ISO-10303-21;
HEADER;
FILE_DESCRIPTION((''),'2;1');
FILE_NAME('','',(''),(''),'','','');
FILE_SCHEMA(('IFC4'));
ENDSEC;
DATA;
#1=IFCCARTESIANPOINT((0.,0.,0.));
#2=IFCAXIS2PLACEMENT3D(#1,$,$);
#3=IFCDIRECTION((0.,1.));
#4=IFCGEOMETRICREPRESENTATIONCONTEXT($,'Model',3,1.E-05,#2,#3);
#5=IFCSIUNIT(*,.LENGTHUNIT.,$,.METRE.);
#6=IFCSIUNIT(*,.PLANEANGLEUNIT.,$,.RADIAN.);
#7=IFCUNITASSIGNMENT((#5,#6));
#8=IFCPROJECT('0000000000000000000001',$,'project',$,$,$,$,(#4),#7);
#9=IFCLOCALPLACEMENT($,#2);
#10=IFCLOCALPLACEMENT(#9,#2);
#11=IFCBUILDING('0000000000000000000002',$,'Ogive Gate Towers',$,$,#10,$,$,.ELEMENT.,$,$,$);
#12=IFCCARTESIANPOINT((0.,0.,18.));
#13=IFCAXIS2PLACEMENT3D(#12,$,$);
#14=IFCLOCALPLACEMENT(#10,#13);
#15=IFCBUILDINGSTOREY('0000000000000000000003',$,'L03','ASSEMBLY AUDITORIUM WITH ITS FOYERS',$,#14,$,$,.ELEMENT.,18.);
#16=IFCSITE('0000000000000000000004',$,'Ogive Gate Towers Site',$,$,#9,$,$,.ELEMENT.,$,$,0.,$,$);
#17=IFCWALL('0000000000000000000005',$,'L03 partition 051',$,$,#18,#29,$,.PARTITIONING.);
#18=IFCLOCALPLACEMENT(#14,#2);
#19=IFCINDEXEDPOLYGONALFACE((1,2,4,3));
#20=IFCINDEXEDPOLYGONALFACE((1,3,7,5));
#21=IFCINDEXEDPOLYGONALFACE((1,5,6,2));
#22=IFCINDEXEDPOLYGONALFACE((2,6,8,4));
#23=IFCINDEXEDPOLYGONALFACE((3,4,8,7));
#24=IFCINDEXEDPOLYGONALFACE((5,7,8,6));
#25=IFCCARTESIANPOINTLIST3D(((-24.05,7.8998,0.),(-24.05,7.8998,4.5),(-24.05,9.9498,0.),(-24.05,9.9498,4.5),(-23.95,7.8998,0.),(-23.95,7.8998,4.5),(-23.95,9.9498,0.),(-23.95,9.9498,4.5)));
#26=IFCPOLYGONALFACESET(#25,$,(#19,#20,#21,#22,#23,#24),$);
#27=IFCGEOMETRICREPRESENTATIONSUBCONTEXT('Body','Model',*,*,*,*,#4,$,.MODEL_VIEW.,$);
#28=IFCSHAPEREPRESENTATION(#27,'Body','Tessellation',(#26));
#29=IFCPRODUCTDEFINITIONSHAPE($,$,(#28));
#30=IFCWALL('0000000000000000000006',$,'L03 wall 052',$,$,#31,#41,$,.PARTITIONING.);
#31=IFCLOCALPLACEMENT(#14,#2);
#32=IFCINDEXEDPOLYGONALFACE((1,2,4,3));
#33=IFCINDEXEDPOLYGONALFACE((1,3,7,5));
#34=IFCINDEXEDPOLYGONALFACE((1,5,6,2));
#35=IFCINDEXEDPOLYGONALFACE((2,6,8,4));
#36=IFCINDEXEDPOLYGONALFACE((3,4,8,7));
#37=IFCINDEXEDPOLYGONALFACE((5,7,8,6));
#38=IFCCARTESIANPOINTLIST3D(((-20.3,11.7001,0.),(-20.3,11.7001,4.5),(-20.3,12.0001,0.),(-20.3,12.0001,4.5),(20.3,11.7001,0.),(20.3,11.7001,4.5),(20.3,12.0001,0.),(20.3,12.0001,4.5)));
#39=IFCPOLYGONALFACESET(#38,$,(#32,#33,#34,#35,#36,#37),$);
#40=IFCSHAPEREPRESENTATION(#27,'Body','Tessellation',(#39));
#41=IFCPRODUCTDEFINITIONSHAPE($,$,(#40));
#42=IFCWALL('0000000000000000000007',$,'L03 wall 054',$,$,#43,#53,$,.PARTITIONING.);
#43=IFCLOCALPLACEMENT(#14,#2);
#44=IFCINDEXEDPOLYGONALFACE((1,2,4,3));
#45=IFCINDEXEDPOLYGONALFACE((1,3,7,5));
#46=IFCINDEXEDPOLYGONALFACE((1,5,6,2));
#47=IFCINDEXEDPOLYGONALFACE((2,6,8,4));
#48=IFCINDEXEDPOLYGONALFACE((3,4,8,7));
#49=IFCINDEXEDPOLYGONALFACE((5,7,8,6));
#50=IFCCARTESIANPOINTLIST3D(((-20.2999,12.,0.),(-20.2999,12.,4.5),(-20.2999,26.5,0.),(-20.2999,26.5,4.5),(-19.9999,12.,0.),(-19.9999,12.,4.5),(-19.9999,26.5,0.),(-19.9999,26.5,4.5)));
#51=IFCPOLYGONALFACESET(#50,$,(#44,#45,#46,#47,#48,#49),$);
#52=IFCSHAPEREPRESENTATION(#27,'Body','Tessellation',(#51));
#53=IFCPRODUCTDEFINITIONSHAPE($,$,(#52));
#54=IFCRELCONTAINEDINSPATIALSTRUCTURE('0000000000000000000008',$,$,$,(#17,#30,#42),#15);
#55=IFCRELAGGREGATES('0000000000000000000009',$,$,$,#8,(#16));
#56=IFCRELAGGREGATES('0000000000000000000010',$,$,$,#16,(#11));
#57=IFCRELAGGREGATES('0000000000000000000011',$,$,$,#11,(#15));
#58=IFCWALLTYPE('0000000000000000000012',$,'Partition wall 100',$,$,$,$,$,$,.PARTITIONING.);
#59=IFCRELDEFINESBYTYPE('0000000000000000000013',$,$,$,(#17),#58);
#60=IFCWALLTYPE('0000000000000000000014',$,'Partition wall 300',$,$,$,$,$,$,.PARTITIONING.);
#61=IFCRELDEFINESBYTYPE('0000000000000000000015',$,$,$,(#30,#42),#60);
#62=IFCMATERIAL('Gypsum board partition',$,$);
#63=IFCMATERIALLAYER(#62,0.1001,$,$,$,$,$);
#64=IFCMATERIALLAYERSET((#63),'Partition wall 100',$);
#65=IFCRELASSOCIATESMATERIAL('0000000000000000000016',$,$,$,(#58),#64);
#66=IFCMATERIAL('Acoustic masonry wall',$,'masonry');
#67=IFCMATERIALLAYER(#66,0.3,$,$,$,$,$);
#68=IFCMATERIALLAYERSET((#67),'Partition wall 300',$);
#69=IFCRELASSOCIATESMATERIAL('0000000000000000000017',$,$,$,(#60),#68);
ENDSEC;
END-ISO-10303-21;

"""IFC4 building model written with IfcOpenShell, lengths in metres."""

from ifc_helpers import new_model, si_unit, direction, frame, frame_2d, origin, place, context, subcontext, project, spatial, rectangle, extrude, material, layer, layer_set, type_object, element, save


model = new_model("IFC4")

# Units and contexts
model_context = context("Model", 3, precision=1e-05, world=origin(), true_north=direction((0.0, 1.0)))
body_context = subcontext(model_context, "Body", "Model", "MODEL_VIEW")
ifc_project = project(units=[si_unit("LENGTHUNIT", "METRE"), si_unit("PLANEANGLEUNIT", "RADIAN")], contexts=[model_context])

# Site, building, storey
site_placement = place(None, origin())
site = spatial("IfcSite", under=ifc_project, at=site_placement, Name="Ogive Gate Towers Site", CompositionType="ELEMENT", RefElevation=0.0)
building_placement = place(site_placement, origin())
building = spatial("IfcBuilding", under=site, at=building_placement, Name="Ogive Gate Towers", CompositionType="ELEMENT")
storey_placement = place(building_placement, frame((0.0, 0.0, 18.0)))
storey = spatial("IfcBuildingStorey", under=building, at=storey_placement, Name="L03", Description="ASSEMBLY AUDITORIUM WITH ITS FOYERS", CompositionType="ELEMENT", Elevation=18.0)

# Shared definitions
ifc_material_1 = material(Name="Gypsum board partition")
ifc_layer_1 = layer(ifc_material_1, 0.1001)
ifc_layer_set_1 = layer_set([ifc_layer_1], Name="Partition wall 100")
wall_type_1 = type_object("IfcWallType", Name="Partition wall 100", PredefinedType="PARTITIONING", material=ifc_layer_set_1)

# Walls
wall_1_placement = place(storey_placement, frame((-24.0, 7.8999, 0.0), z_axis=(0.0, 0.0, 1.0), x_axis=(0.0, 1.0, 0.0)))
element("IfcWall", 1, at=wall_1_placement, inside=storey, type_object=wall_type_1, Name="L03 partition 051", PredefinedType="PARTITIONING", context=body_context, shape_type="SweptSolid", body=[
    extrude(rectangle(XDim=2.05, YDim=0.1001, at=frame_2d((1.0249, 0.0))), origin(), (0.0, 0.0, 1.0), 4.5),
])
ifc_material_2 = material(Name="Acoustic masonry wall", Category="masonry")
ifc_layer_2 = layer(ifc_material_2, 0.3)
ifc_layer_set_2 = layer_set([ifc_layer_2], Name="Partition wall 300")
wall_type_2 = type_object("IfcWallType", Name="Partition wall 300", PredefinedType="PARTITIONING", material=ifc_layer_set_2)
wall_2_placement = place(storey_placement, frame((-20.3, 11.8501, 0.0), z_axis=(0.0, 0.0, 1.0), x_axis=(1.0, 0.0, 0.0)))
element("IfcWall", 2, at=wall_2_placement, inside=storey, type_object=wall_type_2, Name="L03 wall 052", PredefinedType="PARTITIONING", context=body_context, shape_type="SweptSolid", body=[
    extrude(rectangle(XDim=40.6001, YDim=0.3, at=frame_2d((20.3, 0.0))), origin(), (0.0, 0.0, 1.0), 4.5),
])
wall_3_placement = place(storey_placement, frame((-20.1499, 12.0, 0.0), z_axis=(0.0, 0.0, 1.0), x_axis=(0.0, 1.0, 0.0)))
element("IfcWall", 3, at=wall_3_placement, inside=storey, type_object=wall_type_2, Name="L03 wall 054", PredefinedType="PARTITIONING", context=body_context, shape_type="SweptSolid", body=[
    extrude(rectangle(XDim=14.5, YDim=0.3, at=frame_2d((7.25, 0.0))), origin(), (0.0, 0.0, 1.0), 4.5),
])

save(model, "model.ifc")
